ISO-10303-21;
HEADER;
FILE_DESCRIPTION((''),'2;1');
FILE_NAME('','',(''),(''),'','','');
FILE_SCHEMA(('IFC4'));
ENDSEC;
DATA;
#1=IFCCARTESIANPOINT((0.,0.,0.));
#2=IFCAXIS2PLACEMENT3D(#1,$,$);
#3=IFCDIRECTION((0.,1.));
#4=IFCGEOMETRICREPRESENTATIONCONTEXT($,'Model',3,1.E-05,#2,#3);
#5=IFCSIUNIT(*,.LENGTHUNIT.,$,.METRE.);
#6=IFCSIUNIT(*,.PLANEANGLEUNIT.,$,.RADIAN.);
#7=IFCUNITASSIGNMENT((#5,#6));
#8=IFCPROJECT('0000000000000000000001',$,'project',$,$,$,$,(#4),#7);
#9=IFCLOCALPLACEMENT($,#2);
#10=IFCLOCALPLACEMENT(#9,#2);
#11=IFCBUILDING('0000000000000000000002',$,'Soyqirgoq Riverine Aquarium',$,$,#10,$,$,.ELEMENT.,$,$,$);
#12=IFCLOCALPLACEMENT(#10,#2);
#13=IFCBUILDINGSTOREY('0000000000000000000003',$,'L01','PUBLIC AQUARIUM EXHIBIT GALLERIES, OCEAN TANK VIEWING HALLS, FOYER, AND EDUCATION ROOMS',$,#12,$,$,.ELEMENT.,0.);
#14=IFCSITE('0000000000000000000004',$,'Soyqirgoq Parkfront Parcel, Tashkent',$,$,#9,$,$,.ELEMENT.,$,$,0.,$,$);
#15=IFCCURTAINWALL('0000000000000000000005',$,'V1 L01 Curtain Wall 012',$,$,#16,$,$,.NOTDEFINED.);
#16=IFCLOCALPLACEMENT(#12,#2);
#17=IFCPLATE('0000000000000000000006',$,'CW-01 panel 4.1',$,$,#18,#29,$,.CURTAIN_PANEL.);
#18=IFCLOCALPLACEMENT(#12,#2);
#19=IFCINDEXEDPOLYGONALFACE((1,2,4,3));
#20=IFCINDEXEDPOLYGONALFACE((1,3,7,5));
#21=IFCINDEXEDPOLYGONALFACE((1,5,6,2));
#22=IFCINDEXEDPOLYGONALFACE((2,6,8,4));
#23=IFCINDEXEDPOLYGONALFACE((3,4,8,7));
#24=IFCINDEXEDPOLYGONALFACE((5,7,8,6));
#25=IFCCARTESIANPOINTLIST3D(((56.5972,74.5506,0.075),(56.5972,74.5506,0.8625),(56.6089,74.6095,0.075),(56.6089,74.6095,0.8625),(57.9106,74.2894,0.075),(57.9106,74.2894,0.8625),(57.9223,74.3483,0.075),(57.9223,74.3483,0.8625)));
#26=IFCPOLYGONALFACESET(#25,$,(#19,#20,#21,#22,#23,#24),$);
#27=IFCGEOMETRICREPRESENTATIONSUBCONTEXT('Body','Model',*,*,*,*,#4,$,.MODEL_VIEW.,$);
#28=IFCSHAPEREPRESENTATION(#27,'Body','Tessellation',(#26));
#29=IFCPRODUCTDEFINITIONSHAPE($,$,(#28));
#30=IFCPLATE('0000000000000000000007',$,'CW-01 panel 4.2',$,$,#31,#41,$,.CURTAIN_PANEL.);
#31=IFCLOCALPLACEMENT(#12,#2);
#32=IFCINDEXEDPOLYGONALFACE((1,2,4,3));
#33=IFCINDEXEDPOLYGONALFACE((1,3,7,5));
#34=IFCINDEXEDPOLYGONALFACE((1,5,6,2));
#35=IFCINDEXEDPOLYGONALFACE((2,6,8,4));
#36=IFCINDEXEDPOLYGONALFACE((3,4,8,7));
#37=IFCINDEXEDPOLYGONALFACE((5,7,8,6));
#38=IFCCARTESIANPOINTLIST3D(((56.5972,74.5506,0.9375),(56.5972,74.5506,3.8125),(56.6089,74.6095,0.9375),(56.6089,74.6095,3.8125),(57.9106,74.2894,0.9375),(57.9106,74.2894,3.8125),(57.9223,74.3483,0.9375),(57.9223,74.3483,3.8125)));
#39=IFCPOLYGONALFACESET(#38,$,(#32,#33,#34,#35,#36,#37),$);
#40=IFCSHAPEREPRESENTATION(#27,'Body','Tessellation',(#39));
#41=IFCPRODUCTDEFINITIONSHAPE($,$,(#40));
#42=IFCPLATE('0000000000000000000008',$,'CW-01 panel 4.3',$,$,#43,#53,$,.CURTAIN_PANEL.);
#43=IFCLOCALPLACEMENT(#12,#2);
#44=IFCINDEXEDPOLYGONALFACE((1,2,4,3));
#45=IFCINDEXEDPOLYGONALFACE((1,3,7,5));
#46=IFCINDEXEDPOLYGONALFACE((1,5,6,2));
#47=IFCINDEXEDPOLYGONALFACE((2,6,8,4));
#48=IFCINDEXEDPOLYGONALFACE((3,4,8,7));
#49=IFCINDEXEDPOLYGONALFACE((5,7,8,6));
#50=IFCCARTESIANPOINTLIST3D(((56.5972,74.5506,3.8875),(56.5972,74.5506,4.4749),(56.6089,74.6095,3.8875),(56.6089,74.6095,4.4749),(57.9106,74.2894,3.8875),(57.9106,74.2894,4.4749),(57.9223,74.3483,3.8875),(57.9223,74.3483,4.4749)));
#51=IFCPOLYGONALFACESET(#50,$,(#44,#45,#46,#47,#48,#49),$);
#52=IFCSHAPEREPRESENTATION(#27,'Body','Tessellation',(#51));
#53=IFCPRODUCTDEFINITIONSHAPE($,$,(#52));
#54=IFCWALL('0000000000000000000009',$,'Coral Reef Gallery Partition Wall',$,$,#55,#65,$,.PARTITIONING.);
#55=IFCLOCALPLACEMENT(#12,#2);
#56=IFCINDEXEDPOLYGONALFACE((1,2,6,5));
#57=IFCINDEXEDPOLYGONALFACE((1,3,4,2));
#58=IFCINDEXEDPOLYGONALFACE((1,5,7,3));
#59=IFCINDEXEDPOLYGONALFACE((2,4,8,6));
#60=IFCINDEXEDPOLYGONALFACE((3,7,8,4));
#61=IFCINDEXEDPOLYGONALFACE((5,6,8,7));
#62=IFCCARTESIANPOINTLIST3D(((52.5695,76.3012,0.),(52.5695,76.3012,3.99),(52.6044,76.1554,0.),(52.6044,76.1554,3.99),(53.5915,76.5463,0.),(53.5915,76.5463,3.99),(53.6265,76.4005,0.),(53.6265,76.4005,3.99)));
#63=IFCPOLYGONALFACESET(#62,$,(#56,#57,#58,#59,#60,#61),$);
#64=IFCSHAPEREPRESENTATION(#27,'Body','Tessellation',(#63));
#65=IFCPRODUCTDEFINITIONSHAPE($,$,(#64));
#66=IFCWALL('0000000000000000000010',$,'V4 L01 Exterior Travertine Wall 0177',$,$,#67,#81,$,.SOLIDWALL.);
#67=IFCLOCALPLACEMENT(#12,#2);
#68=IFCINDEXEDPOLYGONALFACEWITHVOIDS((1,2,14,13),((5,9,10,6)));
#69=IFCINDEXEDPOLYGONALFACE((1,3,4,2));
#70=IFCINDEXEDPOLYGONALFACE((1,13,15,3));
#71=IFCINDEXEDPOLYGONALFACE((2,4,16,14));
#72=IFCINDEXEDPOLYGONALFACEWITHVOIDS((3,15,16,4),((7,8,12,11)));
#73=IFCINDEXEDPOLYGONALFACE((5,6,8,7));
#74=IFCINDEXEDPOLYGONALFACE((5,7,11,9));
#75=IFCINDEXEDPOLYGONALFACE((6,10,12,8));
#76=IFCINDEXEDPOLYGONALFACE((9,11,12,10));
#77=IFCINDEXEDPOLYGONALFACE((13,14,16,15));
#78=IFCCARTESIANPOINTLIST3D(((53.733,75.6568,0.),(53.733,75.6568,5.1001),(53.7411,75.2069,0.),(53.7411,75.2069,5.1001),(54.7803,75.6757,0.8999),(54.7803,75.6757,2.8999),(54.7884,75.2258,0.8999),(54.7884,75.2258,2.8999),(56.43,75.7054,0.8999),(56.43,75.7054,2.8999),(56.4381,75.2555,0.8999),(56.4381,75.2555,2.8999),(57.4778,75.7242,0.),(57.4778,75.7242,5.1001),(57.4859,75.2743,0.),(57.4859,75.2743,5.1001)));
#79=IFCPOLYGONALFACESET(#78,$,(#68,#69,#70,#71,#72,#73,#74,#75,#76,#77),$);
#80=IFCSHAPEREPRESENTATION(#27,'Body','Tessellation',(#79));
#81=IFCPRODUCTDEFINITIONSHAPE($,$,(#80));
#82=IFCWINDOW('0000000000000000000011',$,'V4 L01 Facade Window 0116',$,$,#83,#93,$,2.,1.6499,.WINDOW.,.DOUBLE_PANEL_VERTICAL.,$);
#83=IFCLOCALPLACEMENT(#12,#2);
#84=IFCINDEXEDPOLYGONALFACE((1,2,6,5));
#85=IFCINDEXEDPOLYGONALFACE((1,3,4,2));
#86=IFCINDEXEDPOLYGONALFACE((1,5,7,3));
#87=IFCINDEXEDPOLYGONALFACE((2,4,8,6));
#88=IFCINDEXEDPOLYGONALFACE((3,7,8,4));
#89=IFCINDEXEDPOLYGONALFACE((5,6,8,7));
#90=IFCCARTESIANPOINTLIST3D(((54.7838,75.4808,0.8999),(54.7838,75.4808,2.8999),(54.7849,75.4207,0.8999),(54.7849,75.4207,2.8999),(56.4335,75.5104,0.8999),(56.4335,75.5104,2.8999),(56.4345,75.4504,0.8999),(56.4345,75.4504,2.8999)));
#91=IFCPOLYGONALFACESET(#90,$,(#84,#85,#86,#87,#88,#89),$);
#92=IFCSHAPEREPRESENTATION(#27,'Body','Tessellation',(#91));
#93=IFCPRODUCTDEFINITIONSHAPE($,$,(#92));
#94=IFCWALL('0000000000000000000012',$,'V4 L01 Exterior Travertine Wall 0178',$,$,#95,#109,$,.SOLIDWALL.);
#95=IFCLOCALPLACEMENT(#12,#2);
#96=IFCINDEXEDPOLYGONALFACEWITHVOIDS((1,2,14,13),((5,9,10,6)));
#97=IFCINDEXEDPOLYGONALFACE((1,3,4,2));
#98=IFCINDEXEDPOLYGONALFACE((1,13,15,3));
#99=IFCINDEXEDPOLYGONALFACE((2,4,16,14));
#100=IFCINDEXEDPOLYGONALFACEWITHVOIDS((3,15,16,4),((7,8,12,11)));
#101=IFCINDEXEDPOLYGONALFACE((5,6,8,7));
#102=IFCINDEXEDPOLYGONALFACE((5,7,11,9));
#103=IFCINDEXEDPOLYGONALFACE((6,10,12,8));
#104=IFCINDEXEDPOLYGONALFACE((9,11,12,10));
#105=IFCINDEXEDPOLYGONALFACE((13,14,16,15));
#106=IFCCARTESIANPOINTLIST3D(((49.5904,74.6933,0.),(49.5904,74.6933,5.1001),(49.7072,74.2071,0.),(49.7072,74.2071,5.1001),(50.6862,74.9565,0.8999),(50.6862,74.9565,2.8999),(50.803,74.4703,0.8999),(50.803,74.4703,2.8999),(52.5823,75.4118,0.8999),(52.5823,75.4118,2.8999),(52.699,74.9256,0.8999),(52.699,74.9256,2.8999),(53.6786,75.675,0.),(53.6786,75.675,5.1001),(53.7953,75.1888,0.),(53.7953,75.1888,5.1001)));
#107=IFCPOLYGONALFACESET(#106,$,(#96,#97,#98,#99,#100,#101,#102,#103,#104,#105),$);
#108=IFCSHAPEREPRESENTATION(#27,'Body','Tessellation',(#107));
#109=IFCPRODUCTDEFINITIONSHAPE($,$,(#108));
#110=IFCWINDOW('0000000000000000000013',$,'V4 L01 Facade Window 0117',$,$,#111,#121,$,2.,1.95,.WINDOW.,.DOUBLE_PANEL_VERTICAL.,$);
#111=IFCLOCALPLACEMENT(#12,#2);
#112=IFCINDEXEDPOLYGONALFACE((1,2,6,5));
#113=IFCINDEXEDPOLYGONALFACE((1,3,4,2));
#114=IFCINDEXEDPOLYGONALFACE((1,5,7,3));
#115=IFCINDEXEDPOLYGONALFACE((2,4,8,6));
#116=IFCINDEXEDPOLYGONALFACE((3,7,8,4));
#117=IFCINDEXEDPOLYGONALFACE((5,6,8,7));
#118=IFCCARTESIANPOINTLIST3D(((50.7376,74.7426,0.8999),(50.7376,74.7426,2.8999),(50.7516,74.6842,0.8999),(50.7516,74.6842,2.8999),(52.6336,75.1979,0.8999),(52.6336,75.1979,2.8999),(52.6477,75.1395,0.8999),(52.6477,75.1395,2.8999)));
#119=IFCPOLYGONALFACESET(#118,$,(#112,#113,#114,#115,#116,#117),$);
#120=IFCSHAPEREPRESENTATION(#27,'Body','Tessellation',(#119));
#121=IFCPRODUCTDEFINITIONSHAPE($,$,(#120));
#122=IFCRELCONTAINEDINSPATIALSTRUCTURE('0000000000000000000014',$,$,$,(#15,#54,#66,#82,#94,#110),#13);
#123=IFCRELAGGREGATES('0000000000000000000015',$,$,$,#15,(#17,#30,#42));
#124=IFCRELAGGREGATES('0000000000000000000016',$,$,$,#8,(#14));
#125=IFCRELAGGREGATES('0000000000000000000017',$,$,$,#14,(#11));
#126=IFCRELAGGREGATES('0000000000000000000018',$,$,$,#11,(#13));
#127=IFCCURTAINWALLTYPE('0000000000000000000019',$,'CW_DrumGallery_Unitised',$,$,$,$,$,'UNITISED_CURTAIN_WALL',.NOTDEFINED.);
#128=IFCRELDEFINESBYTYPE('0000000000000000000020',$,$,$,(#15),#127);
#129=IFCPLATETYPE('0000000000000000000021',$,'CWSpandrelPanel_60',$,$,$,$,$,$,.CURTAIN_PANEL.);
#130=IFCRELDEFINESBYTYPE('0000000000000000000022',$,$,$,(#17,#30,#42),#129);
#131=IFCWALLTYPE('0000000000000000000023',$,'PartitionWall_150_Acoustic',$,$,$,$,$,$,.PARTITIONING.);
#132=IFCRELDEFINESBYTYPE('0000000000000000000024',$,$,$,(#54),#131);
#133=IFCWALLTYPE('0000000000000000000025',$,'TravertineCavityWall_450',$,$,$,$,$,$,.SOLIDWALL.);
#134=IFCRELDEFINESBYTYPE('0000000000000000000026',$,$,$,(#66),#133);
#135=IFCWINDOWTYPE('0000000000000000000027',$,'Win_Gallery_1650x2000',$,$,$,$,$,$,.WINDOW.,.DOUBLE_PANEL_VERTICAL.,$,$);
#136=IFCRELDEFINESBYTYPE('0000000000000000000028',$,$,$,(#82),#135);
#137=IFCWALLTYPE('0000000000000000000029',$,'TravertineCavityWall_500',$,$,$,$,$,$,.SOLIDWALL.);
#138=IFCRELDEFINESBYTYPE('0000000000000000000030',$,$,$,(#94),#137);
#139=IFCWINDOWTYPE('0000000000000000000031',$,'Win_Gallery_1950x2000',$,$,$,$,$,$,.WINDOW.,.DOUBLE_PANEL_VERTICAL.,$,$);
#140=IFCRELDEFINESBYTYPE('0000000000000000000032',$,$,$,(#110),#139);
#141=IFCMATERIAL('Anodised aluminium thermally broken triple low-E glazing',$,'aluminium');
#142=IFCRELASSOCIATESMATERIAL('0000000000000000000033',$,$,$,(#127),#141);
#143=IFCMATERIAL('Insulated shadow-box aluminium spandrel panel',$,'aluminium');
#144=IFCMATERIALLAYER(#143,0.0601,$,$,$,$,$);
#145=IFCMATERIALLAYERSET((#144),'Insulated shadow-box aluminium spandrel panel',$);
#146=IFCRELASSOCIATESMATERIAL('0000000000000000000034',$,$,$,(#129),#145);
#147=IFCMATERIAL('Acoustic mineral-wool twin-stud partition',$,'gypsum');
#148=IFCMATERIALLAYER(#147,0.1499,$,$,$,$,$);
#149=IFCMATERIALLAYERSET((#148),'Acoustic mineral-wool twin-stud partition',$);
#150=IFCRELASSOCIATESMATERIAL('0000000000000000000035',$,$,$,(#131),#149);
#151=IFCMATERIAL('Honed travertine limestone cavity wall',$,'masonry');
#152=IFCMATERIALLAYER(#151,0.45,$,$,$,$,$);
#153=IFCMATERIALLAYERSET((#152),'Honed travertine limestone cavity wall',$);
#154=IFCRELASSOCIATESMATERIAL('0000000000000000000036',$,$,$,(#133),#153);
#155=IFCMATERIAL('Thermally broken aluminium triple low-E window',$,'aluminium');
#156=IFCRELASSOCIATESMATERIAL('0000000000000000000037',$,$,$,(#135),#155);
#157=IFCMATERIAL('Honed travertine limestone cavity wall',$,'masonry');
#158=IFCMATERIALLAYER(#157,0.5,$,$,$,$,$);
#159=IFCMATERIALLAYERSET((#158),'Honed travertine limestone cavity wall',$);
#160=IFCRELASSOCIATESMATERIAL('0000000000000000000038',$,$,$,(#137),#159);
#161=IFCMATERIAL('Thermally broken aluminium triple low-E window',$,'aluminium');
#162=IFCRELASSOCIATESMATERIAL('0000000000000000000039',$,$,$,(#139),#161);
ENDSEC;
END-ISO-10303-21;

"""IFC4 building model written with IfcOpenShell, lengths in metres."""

from ifc_helpers import new_model, si_unit, direction, frame, frame_2d, origin, origin_2d, place, context, subcontext, project, spatial, rectangle, extrude, material, layer, layer_set, type_object, element, fill, aggregate, save


model = new_model("IFC4")

# Units and contexts
model_context = context("Model", 3, precision=1e-05, world=origin(), true_north=direction((0.0, 1.0)))
body_context = subcontext(model_context, "Body", "Model", "MODEL_VIEW")
ifc_project = project(units=[si_unit("LENGTHUNIT", "METRE"), si_unit("PLANEANGLEUNIT", "RADIAN")], contexts=[model_context])

# Site, building, storey
site_placement = place(None, origin())
site = spatial("IfcSite", under=ifc_project, at=site_placement, Name="Soyqirgoq Parkfront Parcel, Tashkent", CompositionType="ELEMENT", RefElevation=0.0)
building_placement = place(site_placement, origin())
building = spatial("IfcBuilding", under=site, at=building_placement, Name="Soyqirgoq Riverine Aquarium", CompositionType="ELEMENT")
storey_placement = place(building_placement, origin())
storey = spatial("IfcBuildingStorey", under=building, at=storey_placement, Name="L01", Description="PUBLIC AQUARIUM EXHIBIT GALLERIES, OCEAN TANK VIEWING HALLS, FOYER, AND EDUCATION ROOMS", CompositionType="ELEMENT", Elevation=0.0)

# Curtain wall
ifc_material_1 = material(Name="Anodised aluminium thermally broken triple low-E glazing", Category="aluminium")
curtain_wall_type = type_object("IfcCurtainWallType", Name="CW_DrumGallery_Unitised", ElementType="UNITISED_CURTAIN_WALL", PredefinedType="NOTDEFINED", material=ifc_material_1)
curtain_wall_placement = place(storey_placement, origin())
curtain_wall = element("IfcCurtainWall", 1, at=curtain_wall_placement, inside=storey, type_object=curtain_wall_type, Name="V1 L01 Curtain Wall 012", PredefinedType="NOTDEFINED")

# Plates
ifc_material_2 = material(Name="Insulated shadow-box aluminium spandrel panel", Category="aluminium")
ifc_layer_1 = layer(ifc_material_2, 0.0601)
ifc_layer_set_1 = layer_set([ifc_layer_1], Name="Insulated shadow-box aluminium spandrel panel")
plate_type = type_object("IfcPlateType", Name="CWSpandrelPanel_60", PredefinedType="CURTAIN_PANEL", material=ifc_layer_set_1)
plate_1_placement = place(storey_placement, frame((57.2598, 74.4495, 0.075), z_axis=(0.0, 0.0, 1.0), x_axis=(-0.980788, 0.195075, 0.0)))
plate_1 = element("IfcPlate", 2, at=plate_1_placement, type_object=plate_type, Name="CW-01 panel 4.1", PredefinedType="CURTAIN_PANEL", context=body_context, shape_type="SweptSolid", body=[
    extrude(rectangle(XDim=1.3391, YDim=0.0601, at=origin_2d()), origin(), (0.0, 0.0, 1.0), 0.7876),
])
plate_2_placement = place(storey_placement, frame((57.2598, 74.4495, 0.9375), z_axis=(0.0, 0.0, 1.0), x_axis=(-0.980788, 0.195075, 0.0)))
plate_2 = element("IfcPlate", 3, at=plate_2_placement, type_object=plate_type, Name="CW-01 panel 4.2", PredefinedType="CURTAIN_PANEL", context=body_context, shape_type="SweptSolid", body=[
    extrude(rectangle(XDim=1.3391, YDim=0.0601, at=origin_2d()), origin(), (0.0, 0.0, 1.0), 2.875),
])
plate_3_placement = place(storey_placement, frame((57.2598, 74.4495, 3.8875), z_axis=(0.0, 0.0, 1.0), x_axis=(-0.980788, 0.195075, 0.0)))
plate_3 = element("IfcPlate", 4, at=plate_3_placement, type_object=plate_type, Name="CW-01 panel 4.3", PredefinedType="CURTAIN_PANEL", context=body_context, shape_type="SweptSolid", body=[
    extrude(rectangle(XDim=1.3391, YDim=0.0601, at=origin_2d()), origin(), (0.0, 0.0, 1.0), 0.5874),
])
aggregate(curtain_wall, [plate_1, plate_2, plate_3])

# Wall
ifc_material_3 = material(Name="Acoustic mineral-wool twin-stud partition", Category="gypsum")
ifc_layer_2 = layer(ifc_material_3, 0.1499)
ifc_layer_set_2 = layer_set([ifc_layer_2], Name="Acoustic mineral-wool twin-stud partition")
wall_type_1 = type_object("IfcWallType", Name="PartitionWall_150_Acoustic", PredefinedType="PARTITIONING", material=ifc_layer_set_2)
wall_1_placement = place(storey_placement, frame((53.6089, 76.4734, 0.0), z_axis=(0.0, 0.0, 1.0), x_axis=(-0.972421, -0.233232, 0.0)))
element("IfcWall", 5, at=wall_1_placement, inside=storey, type_object=wall_type_1, Name="Coral Reef Gallery Partition Wall", PredefinedType="PARTITIONING", context=body_context, shape_type="SweptSolid", body=[
    extrude(rectangle(XDim=1.051, YDim=0.1499, at=frame_2d((0.5254, 0.0))), origin(), (0.0, 0.0, 1.0), 3.99),
])

# Walls, openings, windows
ifc_material_4 = material(Name="Honed travertine limestone cavity wall", Category="masonry")
ifc_layer_3 = layer(ifc_material_4, 0.45)
ifc_layer_set_3 = layer_set([ifc_layer_3], Name="Honed travertine limestone cavity wall")
wall_type_2 = type_object("IfcWallType", Name="TravertineCavityWall_450", PredefinedType="SOLIDWALL", material=ifc_layer_set_3)
wall_2_placement = place(storey_placement, frame((57.4817, 75.4993, 0.0), z_axis=(0.0, 0.0, 1.0), x_axis=(-0.999838, -0.01799, 0.0)))
wall_2 = element("IfcWall", 6, at=wall_2_placement, inside=storey, type_object=wall_type_2, Name="V4 L01 Exterior Travertine Wall 0177", PredefinedType="SOLIDWALL", context=body_context, shape_type="SweptSolid", body=[
    extrude(rectangle(XDim=3.7454, YDim=0.45, at=frame_2d((1.8726, 0.0))), origin(), (0.0, 0.0, 1.0), 5.1001),
])
opening_1_placement = place(wall_2_placement, frame((1.0479, 0.0, 0.8999)))
opening_1 = element("IfcOpeningElement", 7, at=opening_1_placement, cuts=wall_2, PredefinedType="OPENING", context=body_context, shape_type="SweptSolid", body=[
    extrude(rectangle(XDim=1.6499, YDim=2.0, at=frame_2d((0.825, 1.0))), frame((0.0, 0.2349, 0.0), z_axis=(0.0, -1.0, 0.0), x_axis=(1.0, 0.0, 0.0)), (0.0, 0.0, 1.0), 0.47),
])
ifc_material_5 = material(Name="Thermally broken aluminium triple low-E window", Category="aluminium")
window_type_1 = type_object("IfcWindowType", Name="Win_Gallery_1650x2000", PartitioningType="DOUBLE_PANEL_VERTICAL", PredefinedType="WINDOW", material=ifc_material_5)
window_1_placement = place(opening_1_placement, origin())
window_1 = element("IfcWindow", 8, at=window_1_placement, inside=storey, type_object=window_type_1, Name="V4 L01 Facade Window 0116", OverallHeight=2.0, OverallWidth=1.6499, PartitioningType="DOUBLE_PANEL_VERTICAL", PredefinedType="WINDOW", context=body_context, shape_type="SweptSolid", body=[
    extrude(rectangle(XDim=1.6499, YDim=2.0, at=frame_2d((0.825, 1.0))), frame((0.0, 0.03, 0.0), z_axis=(0.0, -1.0, 0.0), x_axis=(1.0, 0.0, 0.0)), (0.0, 0.0, 1.0), 0.0601),
])
fill(opening_1, window_1)
ifc_material_6 = material(Name="Honed travertine limestone cavity wall", Category="masonry")
ifc_layer_4 = layer(ifc_material_6, 0.5)
ifc_layer_set_4 = layer_set([ifc_layer_4], Name="Honed travertine limestone cavity wall")
wall_type_3 = type_object("IfcWallType", Name="TravertineCavityWall_500", PredefinedType="SOLIDWALL", material=ifc_layer_set_4)
wall_3_placement = place(storey_placement, frame((53.7368, 75.4319, 0.0), z_axis=(0.0, 0.0, 1.0), x_axis=(-0.972358, -0.233494, 0.0)))
wall_3 = element("IfcWall", 9, at=wall_3_placement, inside=storey, type_object=wall_type_3, Name="V4 L01 Exterior Travertine Wall 0178", PredefinedType="SOLIDWALL", context=body_context, shape_type="SweptSolid", body=[
    extrude(rectangle(XDim=4.2043, YDim=0.5, at=frame_2d((2.1021, 0.0))), origin(), (0.0, 0.0, 1.0), 5.1001),
])
opening_2_placement = place(wall_3_placement, frame((1.1272, 0.0, 0.8999)))
opening_2 = element("IfcOpeningElement", 10, at=opening_2_placement, cuts=wall_3, PredefinedType="OPENING", context=body_context, shape_type="SweptSolid", body=[
    extrude(rectangle(XDim=1.95, YDim=2.0, at=frame_2d((0.9751, 1.0))), frame((0.0, 0.26, 0.0), z_axis=(0.0, -1.0, 0.0), x_axis=(1.0, 0.0, 0.0)), (0.0, 0.0, 1.0), 0.52),
])
ifc_material_7 = material(Name="Thermally broken aluminium triple low-E window", Category="aluminium")
window_type_2 = type_object("IfcWindowType", Name="Win_Gallery_1950x2000", PartitioningType="DOUBLE_PANEL_VERTICAL", PredefinedType="WINDOW", material=ifc_material_7)
window_2_placement = place(opening_2_placement, origin())
window_2 = element("IfcWindow", 11, at=window_2_placement, inside=storey, type_object=window_type_2, Name="V4 L01 Facade Window 0117", OverallHeight=2.0, OverallWidth=1.95, PartitioningType="DOUBLE_PANEL_VERTICAL", PredefinedType="WINDOW", context=body_context, shape_type="SweptSolid", body=[
    extrude(rectangle(XDim=1.95, YDim=2.0, at=frame_2d((0.9751, 1.0))), frame((0.0, 0.03, 0.0), z_axis=(0.0, -1.0, 0.0), x_axis=(1.0, 0.0, 0.0)), (0.0, 0.0, 1.0), 0.0601),
])
fill(opening_2, window_2)

save(model, "model.ifc")
